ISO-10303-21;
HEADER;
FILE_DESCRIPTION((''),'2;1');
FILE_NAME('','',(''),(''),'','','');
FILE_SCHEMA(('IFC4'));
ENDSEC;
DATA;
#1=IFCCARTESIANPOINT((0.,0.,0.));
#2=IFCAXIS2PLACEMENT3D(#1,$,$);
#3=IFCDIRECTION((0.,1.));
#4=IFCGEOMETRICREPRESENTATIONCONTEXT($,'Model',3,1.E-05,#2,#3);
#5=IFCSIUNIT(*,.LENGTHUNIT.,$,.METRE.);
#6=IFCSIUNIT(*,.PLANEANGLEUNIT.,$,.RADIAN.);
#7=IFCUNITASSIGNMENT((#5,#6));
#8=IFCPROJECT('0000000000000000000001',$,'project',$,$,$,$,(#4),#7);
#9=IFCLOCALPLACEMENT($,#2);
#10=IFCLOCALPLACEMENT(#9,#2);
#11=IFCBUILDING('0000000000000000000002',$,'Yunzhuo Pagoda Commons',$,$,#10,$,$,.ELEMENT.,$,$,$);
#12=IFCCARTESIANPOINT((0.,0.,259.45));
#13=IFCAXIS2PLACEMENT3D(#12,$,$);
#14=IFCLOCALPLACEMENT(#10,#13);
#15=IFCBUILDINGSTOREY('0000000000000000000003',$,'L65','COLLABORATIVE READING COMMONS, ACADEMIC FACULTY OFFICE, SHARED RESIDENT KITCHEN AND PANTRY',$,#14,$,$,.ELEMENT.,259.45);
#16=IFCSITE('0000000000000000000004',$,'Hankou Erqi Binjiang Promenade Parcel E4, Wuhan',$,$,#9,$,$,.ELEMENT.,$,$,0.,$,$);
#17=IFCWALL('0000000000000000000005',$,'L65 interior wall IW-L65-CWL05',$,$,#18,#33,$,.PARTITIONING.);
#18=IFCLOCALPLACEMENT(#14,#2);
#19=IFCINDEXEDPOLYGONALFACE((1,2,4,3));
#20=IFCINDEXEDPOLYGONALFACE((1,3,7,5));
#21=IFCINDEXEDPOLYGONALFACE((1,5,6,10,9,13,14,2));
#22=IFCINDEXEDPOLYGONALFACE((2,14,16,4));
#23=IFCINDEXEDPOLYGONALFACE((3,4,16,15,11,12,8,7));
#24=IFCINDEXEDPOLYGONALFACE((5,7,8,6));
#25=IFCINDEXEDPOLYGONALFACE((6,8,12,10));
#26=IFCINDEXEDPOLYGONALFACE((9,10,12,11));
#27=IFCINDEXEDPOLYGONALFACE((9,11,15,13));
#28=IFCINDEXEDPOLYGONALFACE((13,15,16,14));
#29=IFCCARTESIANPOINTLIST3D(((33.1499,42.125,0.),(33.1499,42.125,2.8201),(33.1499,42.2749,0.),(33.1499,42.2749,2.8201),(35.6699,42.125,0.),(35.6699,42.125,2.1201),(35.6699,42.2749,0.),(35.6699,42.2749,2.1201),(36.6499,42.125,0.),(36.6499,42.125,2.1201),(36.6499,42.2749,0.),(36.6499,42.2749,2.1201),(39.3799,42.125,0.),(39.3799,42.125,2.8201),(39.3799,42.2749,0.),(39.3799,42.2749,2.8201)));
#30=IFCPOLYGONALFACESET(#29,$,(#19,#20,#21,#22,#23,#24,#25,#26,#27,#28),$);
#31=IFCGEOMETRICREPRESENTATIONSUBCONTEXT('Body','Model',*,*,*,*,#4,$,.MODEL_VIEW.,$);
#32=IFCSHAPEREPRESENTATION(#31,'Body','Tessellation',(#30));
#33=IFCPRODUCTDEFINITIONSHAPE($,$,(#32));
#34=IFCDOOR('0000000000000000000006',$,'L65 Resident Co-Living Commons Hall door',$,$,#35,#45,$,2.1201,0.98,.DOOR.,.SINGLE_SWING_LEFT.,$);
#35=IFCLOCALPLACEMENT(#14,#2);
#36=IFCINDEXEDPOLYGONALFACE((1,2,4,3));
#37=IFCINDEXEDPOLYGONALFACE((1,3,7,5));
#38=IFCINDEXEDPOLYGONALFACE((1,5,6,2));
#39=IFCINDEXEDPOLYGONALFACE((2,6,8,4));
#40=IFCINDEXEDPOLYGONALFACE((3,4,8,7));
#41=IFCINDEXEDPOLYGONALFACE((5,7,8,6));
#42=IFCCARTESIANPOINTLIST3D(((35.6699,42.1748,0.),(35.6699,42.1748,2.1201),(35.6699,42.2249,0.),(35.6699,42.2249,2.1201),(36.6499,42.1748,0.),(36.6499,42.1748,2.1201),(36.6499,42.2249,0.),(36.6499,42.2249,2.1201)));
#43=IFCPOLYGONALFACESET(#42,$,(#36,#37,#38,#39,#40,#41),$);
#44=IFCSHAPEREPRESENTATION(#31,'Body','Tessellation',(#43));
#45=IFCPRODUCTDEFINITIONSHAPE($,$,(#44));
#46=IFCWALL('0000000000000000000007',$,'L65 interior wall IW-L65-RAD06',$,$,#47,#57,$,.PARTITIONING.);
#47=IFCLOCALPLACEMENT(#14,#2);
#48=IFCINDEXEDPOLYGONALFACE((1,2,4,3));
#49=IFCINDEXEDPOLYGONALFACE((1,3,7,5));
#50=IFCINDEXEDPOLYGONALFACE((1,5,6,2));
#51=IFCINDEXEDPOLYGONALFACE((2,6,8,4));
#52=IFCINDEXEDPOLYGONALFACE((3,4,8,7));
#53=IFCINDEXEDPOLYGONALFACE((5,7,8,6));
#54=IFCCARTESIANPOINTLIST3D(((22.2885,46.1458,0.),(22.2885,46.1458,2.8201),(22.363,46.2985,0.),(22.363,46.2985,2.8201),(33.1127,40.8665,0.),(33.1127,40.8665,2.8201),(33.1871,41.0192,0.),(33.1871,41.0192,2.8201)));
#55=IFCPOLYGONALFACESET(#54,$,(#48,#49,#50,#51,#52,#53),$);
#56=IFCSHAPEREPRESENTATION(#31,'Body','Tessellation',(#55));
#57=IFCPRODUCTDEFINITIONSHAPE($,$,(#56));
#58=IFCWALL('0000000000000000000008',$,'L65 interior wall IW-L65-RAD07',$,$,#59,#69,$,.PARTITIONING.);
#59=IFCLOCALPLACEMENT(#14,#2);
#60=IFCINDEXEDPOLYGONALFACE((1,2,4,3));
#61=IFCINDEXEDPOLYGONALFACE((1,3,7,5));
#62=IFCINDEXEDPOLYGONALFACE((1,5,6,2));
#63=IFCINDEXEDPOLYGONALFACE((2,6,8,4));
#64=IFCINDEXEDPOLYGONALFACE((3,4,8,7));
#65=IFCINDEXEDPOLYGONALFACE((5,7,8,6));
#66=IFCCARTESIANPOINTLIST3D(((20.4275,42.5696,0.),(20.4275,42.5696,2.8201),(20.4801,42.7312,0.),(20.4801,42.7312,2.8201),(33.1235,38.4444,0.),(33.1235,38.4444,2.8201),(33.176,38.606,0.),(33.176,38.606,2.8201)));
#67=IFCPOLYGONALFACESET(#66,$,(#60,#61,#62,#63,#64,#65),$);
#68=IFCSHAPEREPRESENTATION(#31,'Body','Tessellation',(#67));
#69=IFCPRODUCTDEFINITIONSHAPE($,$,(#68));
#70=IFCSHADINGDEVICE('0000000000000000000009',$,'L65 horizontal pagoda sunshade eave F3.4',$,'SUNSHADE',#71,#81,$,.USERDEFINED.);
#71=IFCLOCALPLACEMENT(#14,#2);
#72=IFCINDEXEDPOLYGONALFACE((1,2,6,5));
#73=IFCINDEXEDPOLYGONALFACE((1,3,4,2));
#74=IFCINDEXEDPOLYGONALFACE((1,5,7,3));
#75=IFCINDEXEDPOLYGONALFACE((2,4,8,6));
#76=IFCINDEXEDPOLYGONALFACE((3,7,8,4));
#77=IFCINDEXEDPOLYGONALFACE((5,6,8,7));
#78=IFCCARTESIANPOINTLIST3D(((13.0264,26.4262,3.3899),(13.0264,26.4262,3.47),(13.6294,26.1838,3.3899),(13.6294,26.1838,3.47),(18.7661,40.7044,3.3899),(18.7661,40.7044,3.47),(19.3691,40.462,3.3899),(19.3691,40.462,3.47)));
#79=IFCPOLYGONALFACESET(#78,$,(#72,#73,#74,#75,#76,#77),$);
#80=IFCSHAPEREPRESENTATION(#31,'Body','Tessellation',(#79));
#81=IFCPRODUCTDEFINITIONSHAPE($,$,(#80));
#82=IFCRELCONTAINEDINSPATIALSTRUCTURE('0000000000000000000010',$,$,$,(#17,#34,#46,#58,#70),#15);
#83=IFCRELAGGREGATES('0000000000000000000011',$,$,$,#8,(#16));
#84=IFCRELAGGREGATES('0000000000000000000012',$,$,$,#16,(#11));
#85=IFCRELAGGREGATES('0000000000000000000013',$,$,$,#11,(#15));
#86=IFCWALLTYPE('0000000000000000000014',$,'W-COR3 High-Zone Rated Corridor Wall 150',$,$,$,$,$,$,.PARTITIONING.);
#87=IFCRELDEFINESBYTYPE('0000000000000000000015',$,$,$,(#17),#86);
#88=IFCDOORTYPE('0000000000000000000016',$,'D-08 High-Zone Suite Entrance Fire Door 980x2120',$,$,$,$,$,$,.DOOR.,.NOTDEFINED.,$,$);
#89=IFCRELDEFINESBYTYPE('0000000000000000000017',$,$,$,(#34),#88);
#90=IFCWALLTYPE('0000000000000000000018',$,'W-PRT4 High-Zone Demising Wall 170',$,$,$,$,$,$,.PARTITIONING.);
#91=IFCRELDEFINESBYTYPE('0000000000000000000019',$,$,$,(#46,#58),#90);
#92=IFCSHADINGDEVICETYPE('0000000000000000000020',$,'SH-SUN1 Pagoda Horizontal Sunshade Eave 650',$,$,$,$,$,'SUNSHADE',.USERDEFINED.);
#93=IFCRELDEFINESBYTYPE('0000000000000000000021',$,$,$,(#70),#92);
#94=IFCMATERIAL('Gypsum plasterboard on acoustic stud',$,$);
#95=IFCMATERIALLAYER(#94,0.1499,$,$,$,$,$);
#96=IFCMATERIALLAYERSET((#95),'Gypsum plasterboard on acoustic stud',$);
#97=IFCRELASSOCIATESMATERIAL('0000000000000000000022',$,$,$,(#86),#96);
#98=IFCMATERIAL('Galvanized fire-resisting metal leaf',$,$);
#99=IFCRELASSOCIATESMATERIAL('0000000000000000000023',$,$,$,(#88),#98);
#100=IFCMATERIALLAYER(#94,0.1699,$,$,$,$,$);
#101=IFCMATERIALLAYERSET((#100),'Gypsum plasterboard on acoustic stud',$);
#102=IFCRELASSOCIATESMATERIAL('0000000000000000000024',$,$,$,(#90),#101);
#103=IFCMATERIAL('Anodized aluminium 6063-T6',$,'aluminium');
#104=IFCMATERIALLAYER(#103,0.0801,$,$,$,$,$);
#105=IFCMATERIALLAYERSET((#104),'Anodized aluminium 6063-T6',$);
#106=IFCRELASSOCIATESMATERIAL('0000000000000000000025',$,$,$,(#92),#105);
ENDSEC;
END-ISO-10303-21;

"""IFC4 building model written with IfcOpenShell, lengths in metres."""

from ifc_helpers import new_model, si_unit, direction, frame, frame_2d, origin, origin_with_axes, origin_2d, place, context, subcontext, project, spatial, rectangle, extrude, source, transform, mapped, material, layer, layer_set, type_object, element, fill, save


model = new_model("IFC4")

# Units and contexts
model_context = context("Model", 3, precision=1e-05, world=origin(), true_north=direction((0.0, 1.0)))
body_context = subcontext(model_context, "Body", "Model", "MODEL_VIEW")
ifc_project = project(units=[si_unit("LENGTHUNIT", "METRE"), si_unit("PLANEANGLEUNIT", "RADIAN")], contexts=[model_context])

# Site, building, storey
site_placement = place(None, origin())
site = spatial("IfcSite", under=ifc_project, at=site_placement, Name="Hankou Erqi Binjiang Promenade Parcel E4, Wuhan", CompositionType="ELEMENT", RefElevation=0.0)
building_placement = place(site_placement, origin())
building = spatial("IfcBuilding", under=site, at=building_placement, Name="Yunzhuo Pagoda Commons", CompositionType="ELEMENT")
storey_placement = place(building_placement, frame((0.0, 0.0, 259.45)))
storey = spatial("IfcBuildingStorey", under=building, at=storey_placement, Name="L65", Description="COLLABORATIVE READING COMMONS, ACADEMIC FACULTY OFFICE, SHARED RESIDENT KITCHEN AND PANTRY", CompositionType="ELEMENT", Elevation=259.45)

# Shared definitions
ifc_material_1 = material(Name="Anodized aluminium 6063-T6", Category="aluminium")

# Shared definitions
ifc_material_2 = material(Name="Gypsum plasterboard on acoustic stud")
ifc_layer_1 = layer(ifc_material_2, 0.1499)
ifc_layer_set_1 = layer_set([ifc_layer_1], Name="Gypsum plasterboard on acoustic stud")
wall_type_1 = type_object("IfcWallType", Name="W-COR3 High-Zone Rated Corridor Wall 150", PredefinedType="PARTITIONING", material=ifc_layer_set_1)

# Wall, opening, door
wall_1_placement = place(storey_placement, frame((33.1499, 42.2, 0.0), z_axis=(0.0, 0.0, 1.0), x_axis=(1.0, 0.0, 0.0)))
wall_1 = element("IfcWall", 1, at=wall_1_placement, inside=storey, type_object=wall_type_1, Name="L65 interior wall IW-L65-CWL05", PredefinedType="PARTITIONING", context=body_context, shape_type="SweptSolid", body=[
    extrude(rectangle(XDim=6.23, YDim=0.1499, at=frame_2d((3.115, 0.0))), origin(), (0.0, 0.0, 1.0), 2.8201),
])
opening_1_placement = place(wall_1_placement, frame((2.52, 0.0, 0.0)))
opening_1 = element("IfcOpeningElement", 2, at=opening_1_placement, cuts=wall_1, PredefinedType="OPENING", context=body_context, shape_type="SweptSolid", body=[
    extrude(rectangle(XDim=0.98, YDim=2.1201, at=frame_2d((0.49, 1.0601))), frame((0.0, 0.085, 0.0), z_axis=(0.0, -1.0, 0.0), x_axis=(1.0, 0.0, 0.0)), (0.0, 0.0, 1.0), 0.1699),
])
ifc_material_3 = material(Name="Galvanized fire-resisting metal leaf")
door_type_1 = type_object("IfcDoorType", Name="D-08 High-Zone Suite Entrance Fire Door 980x2120", OperationType="NOTDEFINED", PredefinedType="DOOR", material=ifc_material_3)
shared_shape_1 = source(origin(), body_context, "Body", "SweptSolid", [
    extrude(rectangle(XDim=0.98, YDim=2.1201, at=frame_2d((0.49, 1.0601))), frame((0.0, 0.0249, 0.0), z_axis=(0.0, -1.0, 0.0), x_axis=(1.0, 0.0, 0.0)), (0.0, 0.0, 1.0), 0.05),
])
door_1_placement = place(opening_1_placement, origin_with_axes())
door_1 = element("IfcDoor", 3, at=door_1_placement, inside=storey, type_object=door_type_1, Name="L65 Resident Co-Living Commons Hall door", OperationType="SINGLE_SWING_LEFT", OverallHeight=2.1201, OverallWidth=0.98, PredefinedType="DOOR", context=body_context, shape_type="MappedRepresentation", body=[
    mapped(shared_shape_1, transform((0.0, 0.0, 0.0), scale=1.0)),
])
fill(opening_1, door_1)

# Walls
ifc_layer_2 = layer(ifc_material_2, 0.1699)
ifc_layer_set_2 = layer_set([ifc_layer_2], Name="Gypsum plasterboard on acoustic stud")
wall_type_2 = type_object("IfcWallType", Name="W-PRT4 High-Zone Demising Wall 170", PredefinedType="PARTITIONING", material=ifc_layer_set_2)
wall_2_placement = place(storey_placement, frame((33.1499, 40.9429, 0.0), z_axis=(0.0, 0.0, 1.0), x_axis=(-0.898795, 0.438369, 0.0)))
element("IfcWall", 4, at=wall_2_placement, inside=storey, type_object=wall_type_2, Name="L65 interior wall IW-L65-RAD06", PredefinedType="PARTITIONING", context=body_context, shape_type="SweptSolid", body=[
    extrude(rectangle(XDim=12.043, YDim=0.1699, at=frame_2d((6.0215, 0.0))), origin(), (0.0, 0.0, 1.0), 2.8201),
])
wall_3_placement = place(storey_placement, frame((33.1499, 38.5251, 0.0), z_axis=(0.0, 0.0, 1.0), x_axis=(-0.951055, 0.30902, 0.0)))
element("IfcWall", 5, at=wall_3_placement, inside=storey, type_object=wall_type_2, Name="L65 interior wall IW-L65-RAD07", PredefinedType="PARTITIONING", context=body_context, shape_type="SweptSolid", body=[
    extrude(rectangle(XDim=13.3494, YDim=0.1699, at=frame_2d((6.6748, 0.0))), origin(), (0.0, 0.0, 1.0), 2.8201),
])

# Shading device
ifc_layer_3 = layer(ifc_material_1, 0.0801)
ifc_layer_set_3 = layer_set([ifc_layer_3], Name="Anodized aluminium 6063-T6")
shading_device_type = type_object("IfcShadingDeviceType", Name="SH-SUN1 Pagoda Horizontal Sunshade Eave 650", ElementType="SUNSHADE", PredefinedType="USERDEFINED", material=ifc_layer_set_3)
shared_shape_2 = source(origin(), body_context, "Body", "SweptSolid", [
    extrude(rectangle(XDim=15.3887, YDim=0.6499, at=origin_2d()), origin(), (0.0, 0.0, 1.0), 0.0801),
])
shading_device_placement = place(storey_placement, frame((16.1978, 33.4441, 3.3899), z_axis=(0.0, 0.0, 1.0), x_axis=(-0.372988, -0.927836, 0.0)))
element("IfcShadingDevice", 6, at=shading_device_placement, inside=storey, type_object=shading_device_type, Name="L65 horizontal pagoda sunshade eave F3.4", ObjectType="SUNSHADE", PredefinedType="USERDEFINED", context=body_context, shape_type="MappedRepresentation", body=[
    mapped(shared_shape_2, transform((0.0, 0.0, 0.0), scale=1.0)),
])

save(model, "model.ifc")
